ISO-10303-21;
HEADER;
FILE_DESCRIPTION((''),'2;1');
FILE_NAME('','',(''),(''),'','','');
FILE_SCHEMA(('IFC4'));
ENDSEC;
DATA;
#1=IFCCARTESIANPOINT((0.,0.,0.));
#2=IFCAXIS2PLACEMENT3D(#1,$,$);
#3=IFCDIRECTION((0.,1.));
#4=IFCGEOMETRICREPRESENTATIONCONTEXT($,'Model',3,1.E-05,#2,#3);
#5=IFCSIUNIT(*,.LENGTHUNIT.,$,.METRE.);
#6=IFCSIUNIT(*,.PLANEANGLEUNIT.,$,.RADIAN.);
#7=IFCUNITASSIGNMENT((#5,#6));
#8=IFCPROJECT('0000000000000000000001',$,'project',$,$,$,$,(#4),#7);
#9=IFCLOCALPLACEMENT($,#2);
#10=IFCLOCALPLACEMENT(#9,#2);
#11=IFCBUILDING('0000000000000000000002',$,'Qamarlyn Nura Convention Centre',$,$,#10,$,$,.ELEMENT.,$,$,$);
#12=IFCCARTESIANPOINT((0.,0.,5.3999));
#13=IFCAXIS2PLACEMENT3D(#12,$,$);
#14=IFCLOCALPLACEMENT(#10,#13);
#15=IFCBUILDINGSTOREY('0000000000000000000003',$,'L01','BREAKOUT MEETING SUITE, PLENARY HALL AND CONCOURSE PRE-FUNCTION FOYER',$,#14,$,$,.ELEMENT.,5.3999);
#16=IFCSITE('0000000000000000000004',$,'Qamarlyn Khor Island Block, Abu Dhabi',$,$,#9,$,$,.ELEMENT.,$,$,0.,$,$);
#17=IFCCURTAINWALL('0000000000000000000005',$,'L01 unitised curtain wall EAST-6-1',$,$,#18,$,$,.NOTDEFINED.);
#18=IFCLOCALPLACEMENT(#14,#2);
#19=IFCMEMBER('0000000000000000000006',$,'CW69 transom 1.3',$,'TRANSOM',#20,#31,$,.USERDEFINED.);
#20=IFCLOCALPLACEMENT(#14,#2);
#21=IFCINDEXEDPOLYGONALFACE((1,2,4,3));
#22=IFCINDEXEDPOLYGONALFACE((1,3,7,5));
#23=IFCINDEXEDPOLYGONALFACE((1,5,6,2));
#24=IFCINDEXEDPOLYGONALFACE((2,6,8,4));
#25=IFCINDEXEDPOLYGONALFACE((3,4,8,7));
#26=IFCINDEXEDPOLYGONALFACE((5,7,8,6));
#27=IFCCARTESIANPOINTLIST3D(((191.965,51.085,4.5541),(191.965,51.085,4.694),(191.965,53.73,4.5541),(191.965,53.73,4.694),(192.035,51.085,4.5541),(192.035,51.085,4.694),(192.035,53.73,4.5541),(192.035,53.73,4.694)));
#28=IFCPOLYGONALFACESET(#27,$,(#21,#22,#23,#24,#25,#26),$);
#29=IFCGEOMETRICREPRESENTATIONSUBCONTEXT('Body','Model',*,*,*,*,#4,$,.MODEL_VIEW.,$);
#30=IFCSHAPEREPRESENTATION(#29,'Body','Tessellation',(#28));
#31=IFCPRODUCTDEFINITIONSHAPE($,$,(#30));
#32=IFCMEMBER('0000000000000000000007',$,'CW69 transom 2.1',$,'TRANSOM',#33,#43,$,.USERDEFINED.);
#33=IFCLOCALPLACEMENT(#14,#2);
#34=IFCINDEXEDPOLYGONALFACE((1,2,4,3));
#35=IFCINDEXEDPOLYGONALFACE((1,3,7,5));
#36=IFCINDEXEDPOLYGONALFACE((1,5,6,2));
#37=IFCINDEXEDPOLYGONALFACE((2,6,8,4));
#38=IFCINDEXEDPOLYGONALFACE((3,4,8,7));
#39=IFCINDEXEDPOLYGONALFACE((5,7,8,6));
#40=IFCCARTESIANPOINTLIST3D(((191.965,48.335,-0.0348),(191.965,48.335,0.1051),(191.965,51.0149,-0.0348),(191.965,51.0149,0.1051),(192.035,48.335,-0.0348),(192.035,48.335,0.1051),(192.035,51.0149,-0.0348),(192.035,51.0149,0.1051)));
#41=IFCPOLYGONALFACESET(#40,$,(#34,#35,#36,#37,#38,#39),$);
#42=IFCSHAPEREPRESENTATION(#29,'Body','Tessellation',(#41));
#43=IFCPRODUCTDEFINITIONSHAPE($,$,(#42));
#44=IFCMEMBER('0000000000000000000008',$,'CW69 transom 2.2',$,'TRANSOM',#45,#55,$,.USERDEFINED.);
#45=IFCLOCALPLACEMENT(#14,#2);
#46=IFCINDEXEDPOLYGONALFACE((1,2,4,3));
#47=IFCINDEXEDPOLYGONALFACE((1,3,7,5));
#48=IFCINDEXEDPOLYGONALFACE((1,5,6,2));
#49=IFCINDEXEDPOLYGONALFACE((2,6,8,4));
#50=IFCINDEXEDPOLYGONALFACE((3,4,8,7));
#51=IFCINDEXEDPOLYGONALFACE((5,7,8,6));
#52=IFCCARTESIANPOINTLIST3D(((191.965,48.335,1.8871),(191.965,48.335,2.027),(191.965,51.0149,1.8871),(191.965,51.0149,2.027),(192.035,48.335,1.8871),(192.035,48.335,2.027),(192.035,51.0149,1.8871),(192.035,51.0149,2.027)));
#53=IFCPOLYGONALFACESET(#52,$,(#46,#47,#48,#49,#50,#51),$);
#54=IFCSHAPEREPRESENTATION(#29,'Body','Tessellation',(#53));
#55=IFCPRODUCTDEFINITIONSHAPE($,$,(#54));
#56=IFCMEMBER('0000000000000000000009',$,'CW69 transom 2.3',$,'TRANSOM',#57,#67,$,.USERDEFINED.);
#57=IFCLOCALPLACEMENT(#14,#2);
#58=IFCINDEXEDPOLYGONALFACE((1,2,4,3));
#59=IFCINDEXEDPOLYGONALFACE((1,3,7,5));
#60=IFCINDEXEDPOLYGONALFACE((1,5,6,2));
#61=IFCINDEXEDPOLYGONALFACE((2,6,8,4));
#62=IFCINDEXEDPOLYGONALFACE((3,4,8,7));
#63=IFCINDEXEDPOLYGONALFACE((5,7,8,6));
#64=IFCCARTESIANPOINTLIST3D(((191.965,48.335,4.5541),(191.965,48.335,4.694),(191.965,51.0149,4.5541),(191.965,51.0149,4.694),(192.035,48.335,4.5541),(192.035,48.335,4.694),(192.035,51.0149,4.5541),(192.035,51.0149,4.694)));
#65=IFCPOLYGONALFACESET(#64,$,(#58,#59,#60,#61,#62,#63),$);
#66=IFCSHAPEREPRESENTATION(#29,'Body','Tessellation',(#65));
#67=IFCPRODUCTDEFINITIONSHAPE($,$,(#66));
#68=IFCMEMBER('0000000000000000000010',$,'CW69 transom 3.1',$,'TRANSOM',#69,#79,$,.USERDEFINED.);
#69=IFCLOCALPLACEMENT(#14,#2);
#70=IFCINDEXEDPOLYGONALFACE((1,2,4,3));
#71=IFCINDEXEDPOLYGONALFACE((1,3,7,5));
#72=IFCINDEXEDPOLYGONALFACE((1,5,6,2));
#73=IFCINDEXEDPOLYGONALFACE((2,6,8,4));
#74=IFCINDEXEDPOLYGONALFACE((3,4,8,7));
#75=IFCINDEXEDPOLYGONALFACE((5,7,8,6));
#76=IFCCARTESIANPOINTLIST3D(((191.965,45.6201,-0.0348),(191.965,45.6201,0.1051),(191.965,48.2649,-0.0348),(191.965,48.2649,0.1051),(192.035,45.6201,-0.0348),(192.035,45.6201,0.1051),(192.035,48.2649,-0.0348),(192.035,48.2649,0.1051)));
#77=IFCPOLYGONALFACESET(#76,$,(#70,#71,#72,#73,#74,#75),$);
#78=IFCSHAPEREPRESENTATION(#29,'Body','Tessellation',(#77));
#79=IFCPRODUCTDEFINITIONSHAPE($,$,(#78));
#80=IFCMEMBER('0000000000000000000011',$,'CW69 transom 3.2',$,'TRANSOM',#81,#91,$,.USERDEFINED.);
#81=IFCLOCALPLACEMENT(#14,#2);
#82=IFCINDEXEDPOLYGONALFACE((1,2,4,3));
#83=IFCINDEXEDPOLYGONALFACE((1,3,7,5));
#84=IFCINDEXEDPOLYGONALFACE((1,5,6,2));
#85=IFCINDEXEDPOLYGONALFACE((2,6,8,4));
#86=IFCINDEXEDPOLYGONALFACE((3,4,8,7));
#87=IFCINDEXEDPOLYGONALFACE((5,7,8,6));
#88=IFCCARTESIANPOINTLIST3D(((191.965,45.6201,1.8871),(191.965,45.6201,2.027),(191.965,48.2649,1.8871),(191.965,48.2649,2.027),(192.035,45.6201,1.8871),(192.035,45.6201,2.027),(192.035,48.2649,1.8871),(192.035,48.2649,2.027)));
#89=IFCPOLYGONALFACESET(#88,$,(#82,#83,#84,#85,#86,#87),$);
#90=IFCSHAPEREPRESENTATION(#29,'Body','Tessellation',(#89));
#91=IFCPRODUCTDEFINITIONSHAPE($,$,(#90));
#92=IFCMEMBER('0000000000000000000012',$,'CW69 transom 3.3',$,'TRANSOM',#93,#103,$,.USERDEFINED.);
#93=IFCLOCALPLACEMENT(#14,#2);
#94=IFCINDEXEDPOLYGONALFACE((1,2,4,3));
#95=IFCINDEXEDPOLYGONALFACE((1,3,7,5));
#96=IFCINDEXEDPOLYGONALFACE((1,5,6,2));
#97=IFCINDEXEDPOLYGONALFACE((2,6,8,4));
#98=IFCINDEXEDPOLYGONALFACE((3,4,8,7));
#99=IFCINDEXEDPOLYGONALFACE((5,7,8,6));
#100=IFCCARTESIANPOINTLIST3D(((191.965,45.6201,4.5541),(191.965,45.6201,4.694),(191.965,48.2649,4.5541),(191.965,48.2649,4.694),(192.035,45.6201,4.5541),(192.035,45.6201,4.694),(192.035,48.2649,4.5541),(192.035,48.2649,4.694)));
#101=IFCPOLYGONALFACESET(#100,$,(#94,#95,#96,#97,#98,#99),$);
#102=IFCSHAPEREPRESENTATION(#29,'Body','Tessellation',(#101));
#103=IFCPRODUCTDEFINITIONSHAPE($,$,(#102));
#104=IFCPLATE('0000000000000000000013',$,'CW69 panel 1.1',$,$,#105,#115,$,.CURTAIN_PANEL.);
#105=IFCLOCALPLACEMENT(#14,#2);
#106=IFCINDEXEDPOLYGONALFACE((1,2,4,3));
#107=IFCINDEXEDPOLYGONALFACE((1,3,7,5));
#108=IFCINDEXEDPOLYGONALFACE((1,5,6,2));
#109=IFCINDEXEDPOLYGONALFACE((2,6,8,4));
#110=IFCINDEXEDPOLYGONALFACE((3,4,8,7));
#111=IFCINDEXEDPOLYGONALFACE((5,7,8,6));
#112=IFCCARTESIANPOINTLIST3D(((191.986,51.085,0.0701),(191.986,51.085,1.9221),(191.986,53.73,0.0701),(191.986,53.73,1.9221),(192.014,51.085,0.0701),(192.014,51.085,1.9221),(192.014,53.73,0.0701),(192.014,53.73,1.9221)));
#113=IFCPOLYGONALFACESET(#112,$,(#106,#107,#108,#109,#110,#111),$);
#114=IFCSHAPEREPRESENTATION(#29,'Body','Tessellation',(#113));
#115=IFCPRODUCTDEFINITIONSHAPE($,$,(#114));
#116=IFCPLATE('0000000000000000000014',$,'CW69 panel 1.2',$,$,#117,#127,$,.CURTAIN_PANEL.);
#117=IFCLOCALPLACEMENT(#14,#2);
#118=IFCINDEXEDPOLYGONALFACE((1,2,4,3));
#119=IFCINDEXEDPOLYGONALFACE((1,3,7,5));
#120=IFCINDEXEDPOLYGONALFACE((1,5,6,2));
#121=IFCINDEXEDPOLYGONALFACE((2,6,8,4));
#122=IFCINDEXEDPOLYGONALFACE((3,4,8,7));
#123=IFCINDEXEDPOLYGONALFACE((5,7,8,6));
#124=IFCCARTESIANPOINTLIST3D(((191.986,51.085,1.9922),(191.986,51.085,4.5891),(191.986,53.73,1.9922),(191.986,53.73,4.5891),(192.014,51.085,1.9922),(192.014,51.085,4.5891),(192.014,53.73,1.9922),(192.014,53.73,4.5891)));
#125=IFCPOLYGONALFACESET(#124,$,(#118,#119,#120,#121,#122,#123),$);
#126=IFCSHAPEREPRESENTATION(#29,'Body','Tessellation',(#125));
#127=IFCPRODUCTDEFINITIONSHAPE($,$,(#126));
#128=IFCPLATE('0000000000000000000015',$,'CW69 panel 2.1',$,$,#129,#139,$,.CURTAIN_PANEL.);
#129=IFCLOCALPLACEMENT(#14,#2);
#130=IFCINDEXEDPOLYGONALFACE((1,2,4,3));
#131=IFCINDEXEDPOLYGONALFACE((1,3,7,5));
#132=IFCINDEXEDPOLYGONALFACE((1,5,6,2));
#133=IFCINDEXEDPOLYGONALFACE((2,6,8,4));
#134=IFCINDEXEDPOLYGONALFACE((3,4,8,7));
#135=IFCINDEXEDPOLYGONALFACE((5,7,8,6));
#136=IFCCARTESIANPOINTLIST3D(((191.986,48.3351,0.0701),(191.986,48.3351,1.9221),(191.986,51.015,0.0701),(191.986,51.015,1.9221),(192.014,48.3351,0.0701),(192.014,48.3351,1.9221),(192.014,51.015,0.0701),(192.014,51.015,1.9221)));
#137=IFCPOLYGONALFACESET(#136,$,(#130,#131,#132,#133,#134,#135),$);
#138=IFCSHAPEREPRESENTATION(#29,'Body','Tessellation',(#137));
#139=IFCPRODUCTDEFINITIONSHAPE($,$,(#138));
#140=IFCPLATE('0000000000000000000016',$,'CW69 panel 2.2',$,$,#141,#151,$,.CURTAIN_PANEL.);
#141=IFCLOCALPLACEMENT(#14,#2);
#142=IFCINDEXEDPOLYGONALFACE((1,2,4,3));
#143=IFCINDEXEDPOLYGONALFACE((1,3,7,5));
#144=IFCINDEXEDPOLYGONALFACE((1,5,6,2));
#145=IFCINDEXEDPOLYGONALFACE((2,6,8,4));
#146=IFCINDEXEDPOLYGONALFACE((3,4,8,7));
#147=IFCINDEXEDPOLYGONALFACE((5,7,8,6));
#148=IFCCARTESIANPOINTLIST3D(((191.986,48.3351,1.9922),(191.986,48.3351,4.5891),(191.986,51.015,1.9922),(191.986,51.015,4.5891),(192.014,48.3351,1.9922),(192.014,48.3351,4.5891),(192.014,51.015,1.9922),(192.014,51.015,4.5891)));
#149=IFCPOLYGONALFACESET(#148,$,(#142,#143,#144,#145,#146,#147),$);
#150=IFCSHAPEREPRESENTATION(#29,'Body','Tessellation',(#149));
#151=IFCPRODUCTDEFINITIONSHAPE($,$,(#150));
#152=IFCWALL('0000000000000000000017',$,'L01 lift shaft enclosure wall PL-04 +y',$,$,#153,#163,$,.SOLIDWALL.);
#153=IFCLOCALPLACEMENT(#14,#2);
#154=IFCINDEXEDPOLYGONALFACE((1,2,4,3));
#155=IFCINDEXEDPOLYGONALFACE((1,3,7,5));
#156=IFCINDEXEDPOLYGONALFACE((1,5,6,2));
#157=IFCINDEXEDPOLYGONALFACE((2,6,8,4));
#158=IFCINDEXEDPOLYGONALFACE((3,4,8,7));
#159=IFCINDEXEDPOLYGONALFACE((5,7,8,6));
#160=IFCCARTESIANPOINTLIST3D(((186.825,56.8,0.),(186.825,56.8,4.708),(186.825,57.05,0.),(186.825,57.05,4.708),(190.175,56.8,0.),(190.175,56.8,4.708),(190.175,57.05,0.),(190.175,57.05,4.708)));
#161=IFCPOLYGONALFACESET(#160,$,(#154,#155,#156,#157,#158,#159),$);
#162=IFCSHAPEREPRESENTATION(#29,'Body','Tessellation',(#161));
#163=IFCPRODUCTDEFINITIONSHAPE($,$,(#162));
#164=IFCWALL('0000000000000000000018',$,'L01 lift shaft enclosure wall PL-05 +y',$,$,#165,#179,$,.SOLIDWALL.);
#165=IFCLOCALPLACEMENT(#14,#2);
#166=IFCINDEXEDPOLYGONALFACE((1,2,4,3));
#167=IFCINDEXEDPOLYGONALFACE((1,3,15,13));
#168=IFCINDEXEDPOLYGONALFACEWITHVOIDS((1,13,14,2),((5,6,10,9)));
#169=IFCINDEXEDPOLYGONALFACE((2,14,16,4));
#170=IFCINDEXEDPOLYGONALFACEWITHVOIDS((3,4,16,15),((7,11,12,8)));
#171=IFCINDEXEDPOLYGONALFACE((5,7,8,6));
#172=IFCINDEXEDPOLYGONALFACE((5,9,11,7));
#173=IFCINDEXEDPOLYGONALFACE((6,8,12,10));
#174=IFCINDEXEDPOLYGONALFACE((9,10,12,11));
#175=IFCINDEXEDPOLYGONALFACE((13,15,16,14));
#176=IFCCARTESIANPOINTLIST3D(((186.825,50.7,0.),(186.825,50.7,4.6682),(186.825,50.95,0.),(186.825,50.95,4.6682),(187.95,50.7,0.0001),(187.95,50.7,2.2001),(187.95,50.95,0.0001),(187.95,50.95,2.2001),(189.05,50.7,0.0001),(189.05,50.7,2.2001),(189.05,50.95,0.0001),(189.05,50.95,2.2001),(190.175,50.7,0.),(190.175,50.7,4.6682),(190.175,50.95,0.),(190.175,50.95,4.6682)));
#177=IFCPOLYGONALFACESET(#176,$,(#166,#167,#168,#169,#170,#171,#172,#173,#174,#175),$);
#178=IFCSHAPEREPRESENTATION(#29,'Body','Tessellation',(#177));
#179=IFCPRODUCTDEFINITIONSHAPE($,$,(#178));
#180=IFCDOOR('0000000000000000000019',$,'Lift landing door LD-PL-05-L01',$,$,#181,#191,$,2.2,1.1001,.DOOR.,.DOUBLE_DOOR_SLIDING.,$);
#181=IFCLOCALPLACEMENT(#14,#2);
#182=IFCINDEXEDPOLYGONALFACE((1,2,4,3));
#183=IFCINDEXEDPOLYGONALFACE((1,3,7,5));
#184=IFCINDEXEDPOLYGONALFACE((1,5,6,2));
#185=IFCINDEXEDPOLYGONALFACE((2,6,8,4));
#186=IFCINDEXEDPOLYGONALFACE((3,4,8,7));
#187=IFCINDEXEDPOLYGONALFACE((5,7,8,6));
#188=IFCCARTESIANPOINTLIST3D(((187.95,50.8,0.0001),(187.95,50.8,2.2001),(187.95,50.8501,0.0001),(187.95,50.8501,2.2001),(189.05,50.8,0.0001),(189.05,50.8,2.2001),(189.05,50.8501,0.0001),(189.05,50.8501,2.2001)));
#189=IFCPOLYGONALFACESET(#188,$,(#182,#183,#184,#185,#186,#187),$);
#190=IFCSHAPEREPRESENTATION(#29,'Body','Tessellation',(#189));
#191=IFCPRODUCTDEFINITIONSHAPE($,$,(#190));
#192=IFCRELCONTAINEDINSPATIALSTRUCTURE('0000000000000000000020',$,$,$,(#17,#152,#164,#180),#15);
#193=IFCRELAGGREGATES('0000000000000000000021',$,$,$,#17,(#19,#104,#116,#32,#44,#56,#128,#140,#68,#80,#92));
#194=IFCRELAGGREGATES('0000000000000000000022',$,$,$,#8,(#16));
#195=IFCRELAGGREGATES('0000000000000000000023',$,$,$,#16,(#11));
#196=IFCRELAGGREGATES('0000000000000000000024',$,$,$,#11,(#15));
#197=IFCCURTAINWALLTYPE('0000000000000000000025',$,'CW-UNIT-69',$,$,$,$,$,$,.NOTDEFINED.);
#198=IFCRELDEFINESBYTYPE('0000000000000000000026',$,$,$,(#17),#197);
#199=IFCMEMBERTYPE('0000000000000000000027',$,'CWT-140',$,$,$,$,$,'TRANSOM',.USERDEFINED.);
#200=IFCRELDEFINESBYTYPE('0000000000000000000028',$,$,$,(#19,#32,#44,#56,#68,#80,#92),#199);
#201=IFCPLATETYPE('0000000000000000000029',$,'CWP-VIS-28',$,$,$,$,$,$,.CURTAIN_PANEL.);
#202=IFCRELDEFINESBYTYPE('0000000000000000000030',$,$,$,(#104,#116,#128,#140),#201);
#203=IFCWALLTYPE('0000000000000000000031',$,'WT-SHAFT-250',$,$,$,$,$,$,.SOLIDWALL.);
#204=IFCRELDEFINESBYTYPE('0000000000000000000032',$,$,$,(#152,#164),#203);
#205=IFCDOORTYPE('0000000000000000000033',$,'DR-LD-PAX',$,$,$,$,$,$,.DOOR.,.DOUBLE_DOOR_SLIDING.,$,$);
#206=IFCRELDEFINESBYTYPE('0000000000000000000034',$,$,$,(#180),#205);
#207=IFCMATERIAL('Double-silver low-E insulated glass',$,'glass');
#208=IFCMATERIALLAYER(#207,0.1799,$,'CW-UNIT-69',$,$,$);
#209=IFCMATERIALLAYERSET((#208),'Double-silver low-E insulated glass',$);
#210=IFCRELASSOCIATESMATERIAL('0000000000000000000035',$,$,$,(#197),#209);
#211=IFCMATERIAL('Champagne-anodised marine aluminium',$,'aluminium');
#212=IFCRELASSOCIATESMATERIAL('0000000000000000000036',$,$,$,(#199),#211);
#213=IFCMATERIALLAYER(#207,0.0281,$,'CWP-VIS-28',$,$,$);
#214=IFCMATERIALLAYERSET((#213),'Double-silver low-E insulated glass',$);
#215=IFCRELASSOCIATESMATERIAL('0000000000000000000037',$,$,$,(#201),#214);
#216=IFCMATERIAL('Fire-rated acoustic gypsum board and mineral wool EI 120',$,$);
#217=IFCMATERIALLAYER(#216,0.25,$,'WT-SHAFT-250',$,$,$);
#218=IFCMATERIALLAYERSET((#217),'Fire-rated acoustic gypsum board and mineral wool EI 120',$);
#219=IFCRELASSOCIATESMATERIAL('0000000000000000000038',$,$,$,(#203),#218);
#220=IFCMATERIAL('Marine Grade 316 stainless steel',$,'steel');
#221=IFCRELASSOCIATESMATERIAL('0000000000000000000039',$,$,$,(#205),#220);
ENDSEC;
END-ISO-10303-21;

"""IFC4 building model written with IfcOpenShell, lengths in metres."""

from ifc_helpers import new_model, si_unit, direction, frame, frame_2d, origin, origin_2d, place, context, subcontext, project, spatial, rectangle, extrude, material, layer, layer_set, material_profile, profile_set, type_object, element, fill, aggregate, save


model = new_model("IFC4")

# Units and contexts
model_context = context("Model", 3, precision=1e-05, world=origin(), true_north=direction((0.0, 1.0)))
body_context = subcontext(model_context, "Body", "Model", "MODEL_VIEW")
ifc_project = project(units=[si_unit("LENGTHUNIT", "METRE"), si_unit("PLANEANGLEUNIT", "RADIAN")], contexts=[model_context])

# Site, building, storey
site_placement = place(None, origin())
site = spatial("IfcSite", under=ifc_project, at=site_placement, Name="Qamarlyn Khor Island Block, Abu Dhabi", CompositionType="ELEMENT", RefElevation=0.0)
building_placement = place(site_placement, origin())
building = spatial("IfcBuilding", under=site, at=building_placement, Name="Qamarlyn Nura Convention Centre", CompositionType="ELEMENT")
storey_placement = place(building_placement, frame((0.0, 0.0, 5.3999)))
storey = spatial("IfcBuildingStorey", under=building, at=storey_placement, Name="L01", Description="BREAKOUT MEETING SUITE, PLENARY HALL AND CONCOURSE PRE-FUNCTION FOYER", CompositionType="ELEMENT", Elevation=5.3999)

# Curtain wall, members, plates
ifc_material_1 = material(Name="Double-silver low-E insulated glass", Category="glass")
ifc_layer_1 = layer(ifc_material_1, 0.1799, Name="CW-UNIT-69")
ifc_layer_set_1 = layer_set([ifc_layer_1], Name="Double-silver low-E insulated glass")
curtain_wall_type = type_object("IfcCurtainWallType", Name="CW-UNIT-69", PredefinedType="NOTDEFINED", material=ifc_layer_set_1)
curtain_wall_placement = place(storey_placement, origin())
curtain_wall = element("IfcCurtainWall", 1, at=curtain_wall_placement, inside=storey, type_object=curtain_wall_type, Name="L01 unitised curtain wall EAST-6-1", PredefinedType="NOTDEFINED")
ifc_material_2 = material(Name="Champagne-anodised marine aluminium", Category="aluminium")
ifc_material_profile_1 = material_profile(ifc_material_2, rectangle(XDim=0.0701, YDim=0.1399, at=origin_2d()), Name="ALU TRANSOM 70x140")
ifc_profile_set_1 = profile_set([ifc_material_profile_1], Name="Champagne-anodised marine aluminium")
member_type_1 = type_object("IfcMemberType", Name="CWT-140", ElementType="TRANSOM", PredefinedType="USERDEFINED", material=ifc_profile_set_1)
member_1_placement = place(storey_placement, frame((192.0, 53.73, 4.624), z_axis=(0.0, -1.0, 0.0), x_axis=(1.0, 0.0, 0.0)))
member_1 = element("IfcMember", 2, at=member_1_placement, type_object=member_type_1, Name="CW69 transom 1.3", ObjectType="TRANSOM", PredefinedType="USERDEFINED", context=body_context, shape_type="SweptSolid", body=[
    extrude(rectangle(XDim=0.0701, YDim=0.1399, at=origin_2d()), origin(), (0.0, 0.0, 1.0), 2.645),
])
member_2_placement = place(storey_placement, frame((192.0, 51.0149, 0.0352), z_axis=(0.0, -1.0, 0.0), x_axis=(1.0, 0.0, 0.0)))
member_2 = element("IfcMember", 3, at=member_2_placement, type_object=member_type_1, Name="CW69 transom 2.1", ObjectType="TRANSOM", PredefinedType="USERDEFINED", context=body_context, shape_type="SweptSolid", body=[
    extrude(rectangle(XDim=0.0701, YDim=0.1399, at=origin_2d()), origin(), (0.0, 0.0, 1.0), 2.6799),
])
member_3_placement = place(storey_placement, frame((192.0, 51.0149, 1.957), z_axis=(0.0, -1.0, 0.0), x_axis=(1.0, 0.0, 0.0)))
member_3 = element("IfcMember", 4, at=member_3_placement, type_object=member_type_1, Name="CW69 transom 2.2", ObjectType="TRANSOM", PredefinedType="USERDEFINED", context=body_context, shape_type="SweptSolid", body=[
    extrude(rectangle(XDim=0.0701, YDim=0.1399, at=origin_2d()), origin(), (0.0, 0.0, 1.0), 2.6799),
])
member_4_placement = place(storey_placement, frame((192.0, 51.0149, 4.624), z_axis=(0.0, -1.0, 0.0), x_axis=(1.0, 0.0, 0.0)))
member_4 = element("IfcMember", 5, at=member_4_placement, type_object=member_type_1, Name="CW69 transom 2.3", ObjectType="TRANSOM", PredefinedType="USERDEFINED", context=body_context, shape_type="SweptSolid", body=[
    extrude(rectangle(XDim=0.0701, YDim=0.1399, at=origin_2d()), origin(), (0.0, 0.0, 1.0), 2.6799),
])
member_5_placement = place(storey_placement, frame((192.0, 48.2649, 0.0352), z_axis=(0.0, -1.0, 0.0), x_axis=(1.0, 0.0, 0.0)))
member_5 = element("IfcMember", 6, at=member_5_placement, type_object=member_type_1, Name="CW69 transom 3.1", ObjectType="TRANSOM", PredefinedType="USERDEFINED", context=body_context, shape_type="SweptSolid", body=[
    extrude(rectangle(XDim=0.0701, YDim=0.1399, at=origin_2d()), origin(), (0.0, 0.0, 1.0), 2.6448),
])
member_6_placement = place(storey_placement, frame((192.0, 48.2649, 1.957), z_axis=(0.0, -1.0, 0.0), x_axis=(1.0, 0.0, 0.0)))
member_6 = element("IfcMember", 7, at=member_6_placement, type_object=member_type_1, Name="CW69 transom 3.2", ObjectType="TRANSOM", PredefinedType="USERDEFINED", context=body_context, shape_type="SweptSolid", body=[
    extrude(rectangle(XDim=0.0701, YDim=0.1399, at=origin_2d()), origin(), (0.0, 0.0, 1.0), 2.6448),
])
member_7_placement = place(storey_placement, frame((192.0, 48.2649, 4.624), z_axis=(0.0, -1.0, 0.0), x_axis=(1.0, 0.0, 0.0)))
member_7 = element("IfcMember", 8, at=member_7_placement, type_object=member_type_1, Name="CW69 transom 3.3", ObjectType="TRANSOM", PredefinedType="USERDEFINED", context=body_context, shape_type="SweptSolid", body=[
    extrude(rectangle(XDim=0.0701, YDim=0.1399, at=origin_2d()), origin(), (0.0, 0.0, 1.0), 2.6448),
])
ifc_layer_2 = layer(ifc_material_1, 0.0281, Name="CWP-VIS-28")
ifc_layer_set_2 = layer_set([ifc_layer_2], Name="Double-silver low-E insulated glass")
plate_type = type_object("IfcPlateType", Name="CWP-VIS-28", PredefinedType="CURTAIN_PANEL", material=ifc_layer_set_2)
plate_1_placement = place(storey_placement, frame((192.0, 52.4075, 0.0701), z_axis=(0.0, 0.0, 1.0), x_axis=(0.0, -1.0, 0.0)))
plate_1 = element("IfcPlate", 9, at=plate_1_placement, type_object=plate_type, Name="CW69 panel 1.1", PredefinedType="CURTAIN_PANEL", context=body_context, shape_type="SweptSolid", body=[
    extrude(rectangle(XDim=2.645, YDim=0.0281, at=origin_2d()), origin(), (0.0, 0.0, 1.0), 1.8521),
])
plate_2_placement = place(storey_placement, frame((192.0, 52.4075, 1.9922), z_axis=(0.0, 0.0, 1.0), x_axis=(0.0, -1.0, 0.0)))
plate_2 = element("IfcPlate", 10, at=plate_2_placement, type_object=plate_type, Name="CW69 panel 1.2", PredefinedType="CURTAIN_PANEL", context=body_context, shape_type="SweptSolid", body=[
    extrude(rectangle(XDim=2.645, YDim=0.0281, at=origin_2d()), origin(), (0.0, 0.0, 1.0), 2.5969),
])
plate_3_placement = place(storey_placement, frame((192.0, 49.675, 0.0701), z_axis=(0.0, 0.0, 1.0), x_axis=(0.0, -1.0, 0.0)))
plate_3 = element("IfcPlate", 11, at=plate_3_placement, type_object=plate_type, Name="CW69 panel 2.1", PredefinedType="CURTAIN_PANEL", context=body_context, shape_type="SweptSolid", body=[
    extrude(rectangle(XDim=2.6799, YDim=0.0281, at=origin_2d()), origin(), (0.0, 0.0, 1.0), 1.8521),
])
plate_4_placement = place(storey_placement, frame((192.0, 49.675, 1.9922), z_axis=(0.0, 0.0, 1.0), x_axis=(0.0, -1.0, 0.0)))
plate_4 = element("IfcPlate", 12, at=plate_4_placement, type_object=plate_type, Name="CW69 panel 2.2", PredefinedType="CURTAIN_PANEL", context=body_context, shape_type="SweptSolid", body=[
    extrude(rectangle(XDim=2.6799, YDim=0.0281, at=origin_2d()), origin(), (0.0, 0.0, 1.0), 2.5969),
])
aggregate(curtain_wall, [member_1, plate_1, plate_2, member_2, member_3, member_4, plate_3, plate_4, member_5, member_6, member_7])

# Wall
ifc_material_3 = material(Name="Fire-rated acoustic gypsum board and mineral wool EI 120")
ifc_layer_3 = layer(ifc_material_3, 0.25, Name="WT-SHAFT-250")
ifc_layer_set_3 = layer_set([ifc_layer_3], Name="Fire-rated acoustic gypsum board and mineral wool EI 120")
wall_type = type_object("IfcWallType", Name="WT-SHAFT-250", PredefinedType="SOLIDWALL", material=ifc_layer_set_3)
wall_1_placement = place(storey_placement, frame((190.175, 56.925, 0.0), z_axis=(0.0, 0.0, 1.0), x_axis=(-1.0, 0.0, 0.0)))
element("IfcWall", 13, at=wall_1_placement, inside=storey, type_object=wall_type, Name="L01 lift shaft enclosure wall PL-04 +y", PredefinedType="SOLIDWALL", context=body_context, shape_type="SweptSolid", body=[
    extrude(rectangle(XDim=3.3501, YDim=0.25, at=frame_2d((1.675, 0.0))), origin(), (0.0, 0.0, 1.0), 4.708),
])

# Wall, opening, door
wall_2_placement = place(storey_placement, frame((190.175, 50.825, 0.0), z_axis=(0.0, 0.0, 1.0), x_axis=(-1.0, 0.0, 0.0)))
wall_2 = element("IfcWall", 14, at=wall_2_placement, inside=storey, type_object=wall_type, Name="L01 lift shaft enclosure wall PL-05 +y", PredefinedType="SOLIDWALL", context=body_context, shape_type="SweptSolid", body=[
    extrude(rectangle(XDim=3.3501, YDim=0.25, at=frame_2d((1.675, 0.0))), origin(), (0.0, 0.0, 1.0), 4.6682),
])
opening_placement = place(wall_2_placement, frame((1.125, 0.0, 0.0)))
opening = element("IfcOpeningElement", 15, at=opening_placement, cuts=wall_2, PredefinedType="OPENING", context=body_context, shape_type="SweptSolid", body=[
    extrude(rectangle(XDim=1.1001, YDim=2.2, at=frame_2d((0.55, 1.1001))), frame((0.0, 0.135, 0.0), z_axis=(0.0, -1.0, 0.0), x_axis=(1.0, 0.0, 0.0)), (0.0, 0.0, 1.0), 0.27),
])
ifc_material_4 = material(Name="Marine Grade 316 stainless steel", Category="steel")
door_type = type_object("IfcDoorType", Name="DR-LD-PAX", OperationType="DOUBLE_DOOR_SLIDING", PredefinedType="DOOR", material=ifc_material_4)
door_placement = place(opening_placement, origin())
door = element("IfcDoor", 16, at=door_placement, inside=storey, type_object=door_type, Name="Lift landing door LD-PL-05-L01", OperationType="DOUBLE_DOOR_SLIDING", OverallHeight=2.2, OverallWidth=1.1001, PredefinedType="DOOR", context=body_context, shape_type="SweptSolid", body=[
    extrude(rectangle(XDim=1.1001, YDim=2.2, at=frame_2d((0.55, 1.1001))), frame((0.0, 0.0249, 0.0), z_axis=(0.0, -1.0, 0.0), x_axis=(1.0, 0.0, 0.0)), (0.0, 0.0, 1.0), 0.05),
])
fill(opening, door)

save(model, "model.ifc")
